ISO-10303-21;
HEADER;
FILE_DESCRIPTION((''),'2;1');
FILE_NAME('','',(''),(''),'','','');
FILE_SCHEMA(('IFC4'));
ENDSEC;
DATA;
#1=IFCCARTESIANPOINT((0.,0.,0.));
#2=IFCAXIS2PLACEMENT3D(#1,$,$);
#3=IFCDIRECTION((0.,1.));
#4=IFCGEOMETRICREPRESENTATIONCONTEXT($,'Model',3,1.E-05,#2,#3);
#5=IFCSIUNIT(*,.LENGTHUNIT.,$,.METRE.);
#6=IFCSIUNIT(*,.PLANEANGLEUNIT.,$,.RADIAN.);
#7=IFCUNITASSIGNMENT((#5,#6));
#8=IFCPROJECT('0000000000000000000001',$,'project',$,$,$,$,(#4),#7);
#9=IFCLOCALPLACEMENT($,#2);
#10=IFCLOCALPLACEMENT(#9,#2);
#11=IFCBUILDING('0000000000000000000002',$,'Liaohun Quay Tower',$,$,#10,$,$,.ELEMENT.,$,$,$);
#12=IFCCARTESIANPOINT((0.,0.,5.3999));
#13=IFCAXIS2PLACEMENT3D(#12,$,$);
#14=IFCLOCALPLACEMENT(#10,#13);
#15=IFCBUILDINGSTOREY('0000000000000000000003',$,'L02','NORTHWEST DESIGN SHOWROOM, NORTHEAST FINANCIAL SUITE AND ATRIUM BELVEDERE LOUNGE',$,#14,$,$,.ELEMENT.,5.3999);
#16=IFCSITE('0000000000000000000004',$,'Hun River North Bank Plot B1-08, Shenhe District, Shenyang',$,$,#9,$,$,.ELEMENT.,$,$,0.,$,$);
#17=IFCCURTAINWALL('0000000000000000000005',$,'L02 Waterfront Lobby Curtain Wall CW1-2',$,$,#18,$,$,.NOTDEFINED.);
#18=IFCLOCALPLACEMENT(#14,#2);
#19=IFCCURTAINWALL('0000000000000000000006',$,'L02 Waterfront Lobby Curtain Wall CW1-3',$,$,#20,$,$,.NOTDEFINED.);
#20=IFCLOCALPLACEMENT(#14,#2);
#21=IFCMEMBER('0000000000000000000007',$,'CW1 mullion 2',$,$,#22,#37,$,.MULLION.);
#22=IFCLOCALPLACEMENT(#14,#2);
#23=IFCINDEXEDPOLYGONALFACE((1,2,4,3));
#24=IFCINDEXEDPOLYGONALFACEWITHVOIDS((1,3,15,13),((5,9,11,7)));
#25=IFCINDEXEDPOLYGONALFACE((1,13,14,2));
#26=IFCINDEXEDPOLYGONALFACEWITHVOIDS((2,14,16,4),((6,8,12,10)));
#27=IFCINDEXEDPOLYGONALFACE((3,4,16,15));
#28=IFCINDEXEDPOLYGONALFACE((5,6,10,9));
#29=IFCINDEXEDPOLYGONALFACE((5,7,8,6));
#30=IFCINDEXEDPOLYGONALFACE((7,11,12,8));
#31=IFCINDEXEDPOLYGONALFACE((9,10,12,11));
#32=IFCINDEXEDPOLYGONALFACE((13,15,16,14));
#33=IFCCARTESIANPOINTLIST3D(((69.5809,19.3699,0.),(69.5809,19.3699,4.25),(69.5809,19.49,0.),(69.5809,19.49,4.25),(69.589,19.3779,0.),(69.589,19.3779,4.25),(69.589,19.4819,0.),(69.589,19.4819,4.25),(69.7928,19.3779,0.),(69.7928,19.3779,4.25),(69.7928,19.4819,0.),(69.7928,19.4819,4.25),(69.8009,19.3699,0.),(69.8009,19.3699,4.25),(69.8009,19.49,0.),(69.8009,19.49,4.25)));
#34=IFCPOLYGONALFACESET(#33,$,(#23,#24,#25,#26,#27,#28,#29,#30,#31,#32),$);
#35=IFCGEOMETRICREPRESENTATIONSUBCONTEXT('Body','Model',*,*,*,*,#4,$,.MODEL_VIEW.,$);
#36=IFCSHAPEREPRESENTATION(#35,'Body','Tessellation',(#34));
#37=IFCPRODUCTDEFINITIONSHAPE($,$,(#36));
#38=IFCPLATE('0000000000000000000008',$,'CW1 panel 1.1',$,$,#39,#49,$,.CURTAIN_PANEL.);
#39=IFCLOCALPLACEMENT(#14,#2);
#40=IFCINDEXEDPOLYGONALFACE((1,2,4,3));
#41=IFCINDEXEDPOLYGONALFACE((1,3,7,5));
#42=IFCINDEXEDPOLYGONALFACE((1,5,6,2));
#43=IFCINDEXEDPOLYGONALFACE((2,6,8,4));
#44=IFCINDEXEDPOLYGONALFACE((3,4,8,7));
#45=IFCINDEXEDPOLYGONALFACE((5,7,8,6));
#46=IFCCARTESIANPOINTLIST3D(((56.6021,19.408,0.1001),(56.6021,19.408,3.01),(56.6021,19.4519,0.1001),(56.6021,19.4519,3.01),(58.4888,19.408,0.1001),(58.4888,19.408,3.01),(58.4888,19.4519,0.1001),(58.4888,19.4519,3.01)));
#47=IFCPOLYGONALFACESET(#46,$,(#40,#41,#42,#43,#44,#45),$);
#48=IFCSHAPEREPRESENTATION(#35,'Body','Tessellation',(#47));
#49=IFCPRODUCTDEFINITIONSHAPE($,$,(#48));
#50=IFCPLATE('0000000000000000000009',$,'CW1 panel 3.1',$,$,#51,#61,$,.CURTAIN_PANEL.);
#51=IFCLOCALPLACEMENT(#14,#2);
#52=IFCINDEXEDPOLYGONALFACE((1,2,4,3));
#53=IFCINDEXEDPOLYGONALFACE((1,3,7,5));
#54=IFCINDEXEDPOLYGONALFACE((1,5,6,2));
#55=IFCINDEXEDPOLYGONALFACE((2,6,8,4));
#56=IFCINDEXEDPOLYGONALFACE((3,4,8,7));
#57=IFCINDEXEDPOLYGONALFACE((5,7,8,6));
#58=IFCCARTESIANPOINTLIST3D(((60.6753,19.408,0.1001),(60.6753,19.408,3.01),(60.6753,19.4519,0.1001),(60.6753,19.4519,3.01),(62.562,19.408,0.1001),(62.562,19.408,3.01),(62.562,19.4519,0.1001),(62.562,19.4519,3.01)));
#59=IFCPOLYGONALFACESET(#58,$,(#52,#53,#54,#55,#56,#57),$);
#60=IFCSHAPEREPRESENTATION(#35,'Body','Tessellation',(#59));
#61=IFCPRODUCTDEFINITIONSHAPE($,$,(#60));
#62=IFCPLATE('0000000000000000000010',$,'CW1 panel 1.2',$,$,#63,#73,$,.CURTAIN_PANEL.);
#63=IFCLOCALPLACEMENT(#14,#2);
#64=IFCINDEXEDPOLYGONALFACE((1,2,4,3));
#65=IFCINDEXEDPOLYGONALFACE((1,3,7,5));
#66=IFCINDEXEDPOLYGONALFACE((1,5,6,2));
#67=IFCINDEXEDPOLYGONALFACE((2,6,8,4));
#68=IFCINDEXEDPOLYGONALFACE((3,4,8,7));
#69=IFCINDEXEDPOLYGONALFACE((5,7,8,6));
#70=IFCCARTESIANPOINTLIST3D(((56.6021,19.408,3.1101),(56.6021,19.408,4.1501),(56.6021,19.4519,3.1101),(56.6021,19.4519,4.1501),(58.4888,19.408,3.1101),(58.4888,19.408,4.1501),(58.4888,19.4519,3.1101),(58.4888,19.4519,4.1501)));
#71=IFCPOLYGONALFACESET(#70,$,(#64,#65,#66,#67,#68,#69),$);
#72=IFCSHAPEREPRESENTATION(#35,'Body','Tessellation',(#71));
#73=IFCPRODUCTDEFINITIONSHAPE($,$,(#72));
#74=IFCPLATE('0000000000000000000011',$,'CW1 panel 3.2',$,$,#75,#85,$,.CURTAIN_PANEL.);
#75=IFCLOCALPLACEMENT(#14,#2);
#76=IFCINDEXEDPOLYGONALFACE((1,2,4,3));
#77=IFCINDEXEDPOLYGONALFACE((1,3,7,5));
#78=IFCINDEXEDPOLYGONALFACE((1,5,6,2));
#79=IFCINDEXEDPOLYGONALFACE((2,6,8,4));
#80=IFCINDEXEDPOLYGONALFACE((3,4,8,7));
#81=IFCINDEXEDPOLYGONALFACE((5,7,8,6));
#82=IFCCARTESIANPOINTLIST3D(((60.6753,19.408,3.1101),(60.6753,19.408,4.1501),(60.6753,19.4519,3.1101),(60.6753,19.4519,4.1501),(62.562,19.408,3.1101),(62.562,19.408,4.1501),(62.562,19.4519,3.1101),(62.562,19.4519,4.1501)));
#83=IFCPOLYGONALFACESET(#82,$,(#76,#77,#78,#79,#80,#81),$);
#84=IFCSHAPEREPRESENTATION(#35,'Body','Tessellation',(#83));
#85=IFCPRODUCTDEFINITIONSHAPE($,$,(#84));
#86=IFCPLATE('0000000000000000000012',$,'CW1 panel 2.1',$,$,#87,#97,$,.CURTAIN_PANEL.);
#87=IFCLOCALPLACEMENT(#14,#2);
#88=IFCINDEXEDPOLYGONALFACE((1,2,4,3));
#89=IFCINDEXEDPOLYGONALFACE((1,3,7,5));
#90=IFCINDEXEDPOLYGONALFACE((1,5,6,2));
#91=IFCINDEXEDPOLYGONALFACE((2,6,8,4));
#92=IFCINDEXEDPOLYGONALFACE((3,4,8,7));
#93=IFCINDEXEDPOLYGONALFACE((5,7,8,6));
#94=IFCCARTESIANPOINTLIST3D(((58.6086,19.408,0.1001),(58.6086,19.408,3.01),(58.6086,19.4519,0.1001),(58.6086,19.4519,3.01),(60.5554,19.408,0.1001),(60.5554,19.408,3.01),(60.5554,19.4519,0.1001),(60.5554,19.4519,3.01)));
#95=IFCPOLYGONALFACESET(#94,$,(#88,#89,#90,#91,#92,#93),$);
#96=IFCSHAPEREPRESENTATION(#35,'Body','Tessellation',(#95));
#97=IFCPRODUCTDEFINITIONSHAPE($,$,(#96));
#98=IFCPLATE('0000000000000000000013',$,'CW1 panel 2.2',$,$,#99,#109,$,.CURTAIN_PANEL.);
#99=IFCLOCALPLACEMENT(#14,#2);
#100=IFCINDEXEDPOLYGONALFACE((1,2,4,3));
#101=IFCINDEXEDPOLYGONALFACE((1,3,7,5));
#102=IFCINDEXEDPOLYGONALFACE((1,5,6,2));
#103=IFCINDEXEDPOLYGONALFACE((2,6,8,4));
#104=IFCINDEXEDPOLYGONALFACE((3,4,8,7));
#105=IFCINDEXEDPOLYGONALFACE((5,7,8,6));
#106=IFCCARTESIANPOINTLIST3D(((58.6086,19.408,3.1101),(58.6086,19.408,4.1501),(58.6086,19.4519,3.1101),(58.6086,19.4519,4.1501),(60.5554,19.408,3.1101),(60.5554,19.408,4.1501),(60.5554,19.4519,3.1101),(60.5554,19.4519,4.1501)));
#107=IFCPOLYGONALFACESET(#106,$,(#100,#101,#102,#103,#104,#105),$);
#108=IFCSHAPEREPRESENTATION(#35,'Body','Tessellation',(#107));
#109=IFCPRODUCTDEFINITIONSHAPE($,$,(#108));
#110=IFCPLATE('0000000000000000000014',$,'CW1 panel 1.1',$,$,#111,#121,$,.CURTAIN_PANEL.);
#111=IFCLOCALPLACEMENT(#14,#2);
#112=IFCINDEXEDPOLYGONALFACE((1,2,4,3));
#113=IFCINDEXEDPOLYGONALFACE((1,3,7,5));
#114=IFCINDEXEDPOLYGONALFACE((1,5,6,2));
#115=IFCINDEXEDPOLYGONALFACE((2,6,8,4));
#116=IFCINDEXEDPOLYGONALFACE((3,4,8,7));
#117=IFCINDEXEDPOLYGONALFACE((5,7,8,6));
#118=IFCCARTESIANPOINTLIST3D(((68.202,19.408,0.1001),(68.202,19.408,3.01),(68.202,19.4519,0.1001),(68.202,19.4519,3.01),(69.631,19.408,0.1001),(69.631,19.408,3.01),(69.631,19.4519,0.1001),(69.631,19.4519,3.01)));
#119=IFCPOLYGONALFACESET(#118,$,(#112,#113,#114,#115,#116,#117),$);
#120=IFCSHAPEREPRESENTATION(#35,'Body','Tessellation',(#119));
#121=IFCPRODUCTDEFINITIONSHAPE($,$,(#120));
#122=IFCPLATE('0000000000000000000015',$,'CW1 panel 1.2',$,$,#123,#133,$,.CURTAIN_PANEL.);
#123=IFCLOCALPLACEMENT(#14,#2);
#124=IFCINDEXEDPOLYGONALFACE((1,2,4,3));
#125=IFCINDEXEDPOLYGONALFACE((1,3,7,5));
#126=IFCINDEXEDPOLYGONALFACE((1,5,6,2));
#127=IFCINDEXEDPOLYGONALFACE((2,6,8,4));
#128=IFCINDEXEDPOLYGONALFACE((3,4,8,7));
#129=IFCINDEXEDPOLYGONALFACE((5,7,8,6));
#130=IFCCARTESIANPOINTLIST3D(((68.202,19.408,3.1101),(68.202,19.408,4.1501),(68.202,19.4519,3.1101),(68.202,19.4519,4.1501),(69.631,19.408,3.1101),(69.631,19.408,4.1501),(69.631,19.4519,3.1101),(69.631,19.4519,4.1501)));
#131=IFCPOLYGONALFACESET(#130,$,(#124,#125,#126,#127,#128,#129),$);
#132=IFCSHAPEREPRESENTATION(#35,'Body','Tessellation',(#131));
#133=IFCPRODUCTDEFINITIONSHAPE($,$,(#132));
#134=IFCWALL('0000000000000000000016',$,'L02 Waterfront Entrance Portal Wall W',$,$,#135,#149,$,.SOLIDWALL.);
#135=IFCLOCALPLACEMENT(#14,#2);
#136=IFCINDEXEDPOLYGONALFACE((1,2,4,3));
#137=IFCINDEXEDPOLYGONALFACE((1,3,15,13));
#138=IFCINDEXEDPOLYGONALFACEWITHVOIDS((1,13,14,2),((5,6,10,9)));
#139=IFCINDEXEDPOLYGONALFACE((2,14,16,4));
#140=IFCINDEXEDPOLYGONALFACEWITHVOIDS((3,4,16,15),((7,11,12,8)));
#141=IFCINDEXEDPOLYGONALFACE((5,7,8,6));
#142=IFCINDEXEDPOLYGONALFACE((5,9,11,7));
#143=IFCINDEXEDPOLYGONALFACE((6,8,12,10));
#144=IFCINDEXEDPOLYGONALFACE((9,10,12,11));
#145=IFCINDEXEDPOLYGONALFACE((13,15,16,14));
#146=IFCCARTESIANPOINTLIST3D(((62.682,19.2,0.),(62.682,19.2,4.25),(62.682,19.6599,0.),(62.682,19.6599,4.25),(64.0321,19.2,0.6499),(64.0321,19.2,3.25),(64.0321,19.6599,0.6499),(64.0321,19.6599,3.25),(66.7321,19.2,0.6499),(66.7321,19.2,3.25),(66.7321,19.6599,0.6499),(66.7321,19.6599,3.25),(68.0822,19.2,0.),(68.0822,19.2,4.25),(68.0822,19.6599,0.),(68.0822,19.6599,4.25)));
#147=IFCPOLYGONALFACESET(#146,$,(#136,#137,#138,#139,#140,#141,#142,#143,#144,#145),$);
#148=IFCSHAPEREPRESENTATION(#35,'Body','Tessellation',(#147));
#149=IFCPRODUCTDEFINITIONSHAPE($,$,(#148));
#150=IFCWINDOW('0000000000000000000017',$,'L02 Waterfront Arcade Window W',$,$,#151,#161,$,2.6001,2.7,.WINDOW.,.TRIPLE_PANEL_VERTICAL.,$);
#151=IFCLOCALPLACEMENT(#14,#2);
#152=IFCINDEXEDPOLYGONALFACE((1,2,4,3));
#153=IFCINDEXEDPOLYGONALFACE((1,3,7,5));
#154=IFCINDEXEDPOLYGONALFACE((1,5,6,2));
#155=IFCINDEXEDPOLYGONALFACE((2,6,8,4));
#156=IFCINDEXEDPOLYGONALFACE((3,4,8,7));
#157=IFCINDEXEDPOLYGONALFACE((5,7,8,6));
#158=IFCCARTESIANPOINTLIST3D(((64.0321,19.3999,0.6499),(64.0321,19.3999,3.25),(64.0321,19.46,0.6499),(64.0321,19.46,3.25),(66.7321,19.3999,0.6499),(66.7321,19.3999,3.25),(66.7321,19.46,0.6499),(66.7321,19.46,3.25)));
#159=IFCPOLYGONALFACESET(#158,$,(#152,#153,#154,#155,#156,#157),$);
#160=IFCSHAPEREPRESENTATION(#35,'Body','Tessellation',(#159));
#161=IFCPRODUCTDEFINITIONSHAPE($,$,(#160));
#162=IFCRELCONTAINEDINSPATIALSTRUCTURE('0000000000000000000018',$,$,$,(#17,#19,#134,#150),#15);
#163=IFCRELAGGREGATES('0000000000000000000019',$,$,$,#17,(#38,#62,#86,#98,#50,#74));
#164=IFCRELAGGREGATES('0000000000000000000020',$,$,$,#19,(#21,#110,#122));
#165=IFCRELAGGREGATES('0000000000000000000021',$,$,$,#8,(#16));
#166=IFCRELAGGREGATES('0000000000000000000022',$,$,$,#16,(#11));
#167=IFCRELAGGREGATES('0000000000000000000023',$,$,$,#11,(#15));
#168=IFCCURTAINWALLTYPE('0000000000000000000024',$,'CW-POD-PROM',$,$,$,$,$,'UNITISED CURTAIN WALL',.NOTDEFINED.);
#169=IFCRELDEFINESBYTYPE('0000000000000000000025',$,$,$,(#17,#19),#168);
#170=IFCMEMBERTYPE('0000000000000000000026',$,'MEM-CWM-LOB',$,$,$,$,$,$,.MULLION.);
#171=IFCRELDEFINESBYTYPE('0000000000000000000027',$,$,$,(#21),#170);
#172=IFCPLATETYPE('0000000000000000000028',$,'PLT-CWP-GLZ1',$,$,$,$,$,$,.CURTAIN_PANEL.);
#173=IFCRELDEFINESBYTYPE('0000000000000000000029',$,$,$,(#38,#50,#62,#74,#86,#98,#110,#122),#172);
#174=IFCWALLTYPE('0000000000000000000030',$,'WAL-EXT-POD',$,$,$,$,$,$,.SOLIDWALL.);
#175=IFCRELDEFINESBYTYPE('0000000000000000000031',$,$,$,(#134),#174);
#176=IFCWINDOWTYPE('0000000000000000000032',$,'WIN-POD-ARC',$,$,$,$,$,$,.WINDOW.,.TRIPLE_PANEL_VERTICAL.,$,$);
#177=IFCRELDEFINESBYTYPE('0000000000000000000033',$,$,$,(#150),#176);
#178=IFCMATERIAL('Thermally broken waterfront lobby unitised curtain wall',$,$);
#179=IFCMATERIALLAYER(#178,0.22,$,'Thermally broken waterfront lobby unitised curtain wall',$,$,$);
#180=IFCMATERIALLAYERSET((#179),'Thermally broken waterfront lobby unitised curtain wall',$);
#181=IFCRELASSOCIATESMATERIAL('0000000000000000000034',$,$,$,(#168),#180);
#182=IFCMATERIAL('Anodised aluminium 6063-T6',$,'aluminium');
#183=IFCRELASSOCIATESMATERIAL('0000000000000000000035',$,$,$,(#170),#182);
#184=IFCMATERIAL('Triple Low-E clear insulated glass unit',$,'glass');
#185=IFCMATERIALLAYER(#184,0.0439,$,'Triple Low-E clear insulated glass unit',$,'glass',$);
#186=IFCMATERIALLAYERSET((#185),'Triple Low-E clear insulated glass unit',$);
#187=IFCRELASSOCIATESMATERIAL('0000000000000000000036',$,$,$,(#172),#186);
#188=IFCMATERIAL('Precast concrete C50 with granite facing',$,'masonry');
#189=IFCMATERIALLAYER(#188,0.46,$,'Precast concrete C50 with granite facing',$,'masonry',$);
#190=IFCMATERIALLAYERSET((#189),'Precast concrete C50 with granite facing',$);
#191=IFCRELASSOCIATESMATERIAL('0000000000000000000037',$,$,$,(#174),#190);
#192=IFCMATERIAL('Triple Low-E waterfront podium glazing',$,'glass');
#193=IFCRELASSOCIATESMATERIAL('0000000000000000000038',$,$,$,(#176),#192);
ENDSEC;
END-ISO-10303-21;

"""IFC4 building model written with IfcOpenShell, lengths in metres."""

from ifc_helpers import new_model, si_unit, direction, frame, frame_2d, origin, origin_2d, place, context, subcontext, project, spatial, rectangle, hollow_rectangle, extrude, source, transform, mapped, material, layer, layer_set, material_profile, profile_set, type_object, element, fill, aggregate, save


model = new_model("IFC4")

# Units and contexts
model_context = context("Model", 3, precision=1e-05, world=origin(), true_north=direction((0.0, 1.0)))
body_context = subcontext(model_context, "Body", "Model", "MODEL_VIEW")
ifc_project = project(units=[si_unit("LENGTHUNIT", "METRE"), si_unit("PLANEANGLEUNIT", "RADIAN")], contexts=[model_context])

# Site, building, storey
site_placement = place(None, origin())
site = spatial("IfcSite", under=ifc_project, at=site_placement, Name="Hun River North Bank Plot B1-08, Shenhe District, Shenyang", CompositionType="ELEMENT", RefElevation=0.0)
building_placement = place(site_placement, origin())
building = spatial("IfcBuilding", under=site, at=building_placement, Name="Liaohun Quay Tower", CompositionType="ELEMENT")
storey_placement = place(building_placement, frame((0.0, 0.0, 5.3999)))
storey = spatial("IfcBuildingStorey", under=building, at=storey_placement, Name="L02", Description="NORTHWEST DESIGN SHOWROOM, NORTHEAST FINANCIAL SUITE AND ATRIUM BELVEDERE LOUNGE", CompositionType="ELEMENT", Elevation=5.3999)

# Curtain walls
ifc_material_1 = material(Name="Thermally broken waterfront lobby unitised curtain wall")
ifc_layer_1 = layer(ifc_material_1, 0.22, Name="Thermally broken waterfront lobby unitised curtain wall")
ifc_layer_set_1 = layer_set([ifc_layer_1], Name="Thermally broken waterfront lobby unitised curtain wall")
curtain_wall_type = type_object("IfcCurtainWallType", Name="CW-POD-PROM", ElementType="UNITISED CURTAIN WALL", PredefinedType="NOTDEFINED", material=ifc_layer_set_1)
curtain_wall_1_placement = place(storey_placement, origin())
curtain_wall_1 = element("IfcCurtainWall", 1, at=curtain_wall_1_placement, inside=storey, type_object=curtain_wall_type, Name="L02 Waterfront Lobby Curtain Wall CW1-2", PredefinedType="NOTDEFINED")
ifc_material_2 = material(Name="Anodised aluminium 6063-T6", Category="aluminium")
curtain_wall_2_placement = place(storey_placement, origin())
curtain_wall_2 = element("IfcCurtainWall", 2, at=curtain_wall_2_placement, inside=storey, type_object=curtain_wall_type, Name="L02 Waterfront Lobby Curtain Wall CW1-3", PredefinedType="NOTDEFINED")

# Member
ifc_material_profile_1 = material_profile(ifc_material_2, hollow_rectangle(XDim=0.1201, YDim=0.22, WallThickness=0.0081, at=origin_2d()), Name="RHS220x120x8")
ifc_profile_set_1 = profile_set([ifc_material_profile_1], Name="Anodised aluminium 6063-T6")
member_type_1 = type_object("IfcMemberType", Name="MEM-CWM-LOB", PredefinedType="MULLION", material=ifc_profile_set_1)
shared_shape_1 = source(origin(), body_context, "Body", "SweptSolid", [
    extrude(hollow_rectangle(XDim=0.1201, YDim=0.22, WallThickness=0.0081, at=origin_2d()), origin(), (0.0, 0.0, 1.0), 4.25),
])
member_1_placement = place(storey_placement, frame((69.6909, 19.4299, 0.0), z_axis=(0.0, 0.0, 1.0), x_axis=(0.0, 1.0, 0.0)))
member_1 = element("IfcMember", 3, at=member_1_placement, type_object=member_type_1, Name="CW1 mullion 2", PredefinedType="MULLION", context=body_context, shape_type="MappedRepresentation", body=[
    mapped(shared_shape_1, transform((0.0, 0.0, 0.0), x_axis=(1.0, 0.0, 0.0), y_axis=(0.0, 1.0, 0.0), z_axis=(0.0, 0.0, 1.0), scale=1.0)),
])

# Plates
ifc_material_3 = material(Name="Triple Low-E clear insulated glass unit", Category="glass")
ifc_layer_2 = layer(ifc_material_3, 0.0439, Name="Triple Low-E clear insulated glass unit", Category="glass")
ifc_layer_set_2 = layer_set([ifc_layer_2], Name="Triple Low-E clear insulated glass unit")
plate_type = type_object("IfcPlateType", Name="PLT-CWP-GLZ1", PredefinedType="CURTAIN_PANEL", material=ifc_layer_set_2)
shared_shape_2 = source(origin(), body_context, "Body", "SweptSolid", [
    extrude(rectangle(XDim=1.8867, YDim=0.0439, at=origin_2d()), origin(), (0.0, 0.0, 1.0), 2.9099),
])
plate_1_placement = place(storey_placement, frame((57.5454, 19.4299, 0.1001), z_axis=(0.0, 0.0, 1.0), x_axis=(1.0, 0.0, 0.0)))
plate_1 = element("IfcPlate", 4, at=plate_1_placement, type_object=plate_type, Name="CW1 panel 1.1", PredefinedType="CURTAIN_PANEL", context=body_context, shape_type="MappedRepresentation", body=[
    mapped(shared_shape_2, transform((0.0, 0.0, 0.0), x_axis=(1.0, 0.0, 0.0), y_axis=(0.0, 1.0, 0.0), z_axis=(0.0, 0.0, 1.0), scale=1.0)),
])
plate_2_placement = place(storey_placement, frame((61.6187, 19.4299, 0.1001), z_axis=(0.0, 0.0, 1.0), x_axis=(1.0, 0.0, 0.0)))
plate_2 = element("IfcPlate", 5, at=plate_2_placement, type_object=plate_type, Name="CW1 panel 3.1", PredefinedType="CURTAIN_PANEL", context=body_context, shape_type="MappedRepresentation", body=[
    mapped(shared_shape_2, transform((0.0, 0.0, 0.0), x_axis=(1.0, 0.0, 0.0), y_axis=(0.0, 1.0, 0.0), z_axis=(0.0, 0.0, 1.0), scale=1.0)),
])
shared_shape_3 = source(origin(), body_context, "Body", "SweptSolid", [
    extrude(rectangle(XDim=1.8867, YDim=0.0439, at=origin_2d()), origin(), (0.0, 0.0, 1.0), 1.04),
])
plate_3_placement = place(storey_placement, frame((57.5454, 19.4299, 3.1101), z_axis=(0.0, 0.0, 1.0), x_axis=(1.0, 0.0, 0.0)))
plate_3 = element("IfcPlate", 6, at=plate_3_placement, type_object=plate_type, Name="CW1 panel 1.2", PredefinedType="CURTAIN_PANEL", context=body_context, shape_type="MappedRepresentation", body=[
    mapped(shared_shape_3, transform((0.0, 0.0, 0.0), x_axis=(1.0, 0.0, 0.0), y_axis=(0.0, 1.0, 0.0), z_axis=(0.0, 0.0, 1.0), scale=1.0)),
])
plate_4_placement = place(storey_placement, frame((61.6187, 19.4299, 3.1101), z_axis=(0.0, 0.0, 1.0), x_axis=(1.0, 0.0, 0.0)))
plate_4 = element("IfcPlate", 7, at=plate_4_placement, type_object=plate_type, Name="CW1 panel 3.2", PredefinedType="CURTAIN_PANEL", context=body_context, shape_type="MappedRepresentation", body=[
    mapped(shared_shape_3, transform((0.0, 0.0, 0.0), x_axis=(1.0, 0.0, 0.0), y_axis=(0.0, 1.0, 0.0), z_axis=(0.0, 0.0, 1.0), scale=1.0)),
])
shared_shape_4 = source(origin(), body_context, "Body", "SweptSolid", [
    extrude(rectangle(XDim=1.9468, YDim=0.0439, at=origin_2d()), origin(), (0.0, 0.0, 1.0), 2.9099),
])
plate_5_placement = place(storey_placement, frame((59.582, 19.4299, 0.1001), z_axis=(0.0, 0.0, 1.0), x_axis=(1.0, 0.0, 0.0)))
plate_5 = element("IfcPlate", 8, at=plate_5_placement, type_object=plate_type, Name="CW1 panel 2.1", PredefinedType="CURTAIN_PANEL", context=body_context, shape_type="MappedRepresentation", body=[
    mapped(shared_shape_4, transform((0.0, 0.0, 0.0), x_axis=(1.0, 0.0, 0.0), y_axis=(0.0, 1.0, 0.0), z_axis=(0.0, 0.0, 1.0), scale=1.0)),
])
shared_shape_5 = source(origin(), body_context, "Body", "SweptSolid", [
    extrude(rectangle(XDim=1.9468, YDim=0.0439, at=origin_2d()), origin(), (0.0, 0.0, 1.0), 1.04),
])
plate_6_placement = place(storey_placement, frame((59.582, 19.4299, 3.1101), z_axis=(0.0, 0.0, 1.0), x_axis=(1.0, 0.0, 0.0)))
plate_6 = element("IfcPlate", 9, at=plate_6_placement, type_object=plate_type, Name="CW1 panel 2.2", PredefinedType="CURTAIN_PANEL", context=body_context, shape_type="MappedRepresentation", body=[
    mapped(shared_shape_5, transform((0.0, 0.0, 0.0), x_axis=(1.0, 0.0, 0.0), y_axis=(0.0, 1.0, 0.0), z_axis=(0.0, 0.0, 1.0), scale=1.0)),
])
aggregate(curtain_wall_1, [plate_1, plate_3, plate_5, plate_6, plate_2, plate_4])
shared_shape_6 = source(origin(), body_context, "Body", "SweptSolid", [
    extrude(rectangle(XDim=1.429, YDim=0.0439, at=origin_2d()), origin(), (0.0, 0.0, 1.0), 2.9099),
])
plate_7_placement = place(storey_placement, frame((68.9165, 19.4299, 0.1001), z_axis=(0.0, 0.0, 1.0), x_axis=(1.0, 0.0, 0.0)))
plate_7 = element("IfcPlate", 10, at=plate_7_placement, type_object=plate_type, Name="CW1 panel 1.1", PredefinedType="CURTAIN_PANEL", context=body_context, shape_type="MappedRepresentation", body=[
    mapped(shared_shape_6, transform((0.0, 0.0, 0.0), x_axis=(1.0, 0.0, 0.0), y_axis=(0.0, 1.0, 0.0), z_axis=(0.0, 0.0, 1.0), scale=1.0)),
])
shared_shape_7 = source(origin(), body_context, "Body", "SweptSolid", [
    extrude(rectangle(XDim=1.429, YDim=0.0439, at=origin_2d()), origin(), (0.0, 0.0, 1.0), 1.04),
])
plate_8_placement = place(storey_placement, frame((68.9165, 19.4299, 3.1101), z_axis=(0.0, 0.0, 1.0), x_axis=(1.0, 0.0, 0.0)))
plate_8 = element("IfcPlate", 11, at=plate_8_placement, type_object=plate_type, Name="CW1 panel 1.2", PredefinedType="CURTAIN_PANEL", context=body_context, shape_type="MappedRepresentation", body=[
    mapped(shared_shape_7, transform((0.0, 0.0, 0.0), x_axis=(1.0, 0.0, 0.0), y_axis=(0.0, 1.0, 0.0), z_axis=(0.0, 0.0, 1.0), scale=1.0)),
])
aggregate(curtain_wall_2, [member_1, plate_7, plate_8])

# Wall, opening, window
ifc_material_4 = material(Name="Precast concrete C50 with granite facing", Category="masonry")
ifc_layer_3 = layer(ifc_material_4, 0.46, Name="Precast concrete C50 with granite facing", Category="masonry")
ifc_layer_set_3 = layer_set([ifc_layer_3], Name="Precast concrete C50 with granite facing")
wall_type_1 = type_object("IfcWallType", Name="WAL-EXT-POD", PredefinedType="SOLIDWALL", material=ifc_layer_set_3)
wall_1_placement = place(storey_placement, frame((62.6819, 19.4299, 0.0), z_axis=(0.0, 0.0, 1.0), x_axis=(1.0, 0.0, 0.0)))
wall_1 = element("IfcWall", 12, at=wall_1_placement, inside=storey, type_object=wall_type_1, Name="L02 Waterfront Entrance Portal Wall W", PredefinedType="SOLIDWALL", context=body_context, shape_type="SweptSolid", body=[
    extrude(rectangle(XDim=5.4001, YDim=0.46, at=frame_2d((2.7002, 0.0))), origin(), (0.0, 0.0, 1.0), 4.25),
])
shared_shape_8 = source(origin(), body_context, "Body", "SweptSolid", [
    extrude(rectangle(XDim=2.7, YDim=2.6001, at=frame_2d((1.3501, 1.3))), frame((0.0, 0.24, 0.0), z_axis=(0.0, -1.0, 0.0), x_axis=(1.0, 0.0, 0.0)), (0.0, 0.0, 1.0), 0.48),
])
opening_placement = place(wall_1_placement, frame((1.3501, 0.0, 0.6499)))
opening = element("IfcOpeningElement", 13, at=opening_placement, cuts=wall_1, PredefinedType="OPENING", context=body_context, shape_type="MappedRepresentation", body=[
    mapped(shared_shape_8, transform((0.0, 0.0, 0.0), x_axis=(1.0, 0.0, 0.0), y_axis=(0.0, 1.0, 0.0), z_axis=(0.0, 0.0, 1.0), scale=1.0)),
])
ifc_material_5 = material(Name="Triple Low-E waterfront podium glazing", Category="glass")
window_type = type_object("IfcWindowType", Name="WIN-POD-ARC", PartitioningType="TRIPLE_PANEL_VERTICAL", PredefinedType="WINDOW", material=ifc_material_5)
shared_shape_9 = source(origin(), body_context, "Body", "SweptSolid", [
    extrude(rectangle(XDim=2.7, YDim=2.6001, at=frame_2d((1.3501, 1.3))), frame((0.0, 0.03, 0.0), z_axis=(0.0, -1.0, 0.0), x_axis=(1.0, 0.0, 0.0)), (0.0, 0.0, 1.0), 0.0601),
])
window_placement = place(opening_placement, origin())
window = element("IfcWindow", 14, at=window_placement, inside=storey, type_object=window_type, Name="L02 Waterfront Arcade Window W", OverallHeight=2.6001, OverallWidth=2.7, PartitioningType="TRIPLE_PANEL_VERTICAL", PredefinedType="WINDOW", context=body_context, shape_type="MappedRepresentation", body=[
    mapped(shared_shape_9, transform((0.0, 0.0, 0.0), x_axis=(1.0, 0.0, 0.0), y_axis=(0.0, 1.0, 0.0), z_axis=(0.0, 0.0, 1.0), scale=1.0)),
])
fill(opening, window)

save(model, "model.ifc")
